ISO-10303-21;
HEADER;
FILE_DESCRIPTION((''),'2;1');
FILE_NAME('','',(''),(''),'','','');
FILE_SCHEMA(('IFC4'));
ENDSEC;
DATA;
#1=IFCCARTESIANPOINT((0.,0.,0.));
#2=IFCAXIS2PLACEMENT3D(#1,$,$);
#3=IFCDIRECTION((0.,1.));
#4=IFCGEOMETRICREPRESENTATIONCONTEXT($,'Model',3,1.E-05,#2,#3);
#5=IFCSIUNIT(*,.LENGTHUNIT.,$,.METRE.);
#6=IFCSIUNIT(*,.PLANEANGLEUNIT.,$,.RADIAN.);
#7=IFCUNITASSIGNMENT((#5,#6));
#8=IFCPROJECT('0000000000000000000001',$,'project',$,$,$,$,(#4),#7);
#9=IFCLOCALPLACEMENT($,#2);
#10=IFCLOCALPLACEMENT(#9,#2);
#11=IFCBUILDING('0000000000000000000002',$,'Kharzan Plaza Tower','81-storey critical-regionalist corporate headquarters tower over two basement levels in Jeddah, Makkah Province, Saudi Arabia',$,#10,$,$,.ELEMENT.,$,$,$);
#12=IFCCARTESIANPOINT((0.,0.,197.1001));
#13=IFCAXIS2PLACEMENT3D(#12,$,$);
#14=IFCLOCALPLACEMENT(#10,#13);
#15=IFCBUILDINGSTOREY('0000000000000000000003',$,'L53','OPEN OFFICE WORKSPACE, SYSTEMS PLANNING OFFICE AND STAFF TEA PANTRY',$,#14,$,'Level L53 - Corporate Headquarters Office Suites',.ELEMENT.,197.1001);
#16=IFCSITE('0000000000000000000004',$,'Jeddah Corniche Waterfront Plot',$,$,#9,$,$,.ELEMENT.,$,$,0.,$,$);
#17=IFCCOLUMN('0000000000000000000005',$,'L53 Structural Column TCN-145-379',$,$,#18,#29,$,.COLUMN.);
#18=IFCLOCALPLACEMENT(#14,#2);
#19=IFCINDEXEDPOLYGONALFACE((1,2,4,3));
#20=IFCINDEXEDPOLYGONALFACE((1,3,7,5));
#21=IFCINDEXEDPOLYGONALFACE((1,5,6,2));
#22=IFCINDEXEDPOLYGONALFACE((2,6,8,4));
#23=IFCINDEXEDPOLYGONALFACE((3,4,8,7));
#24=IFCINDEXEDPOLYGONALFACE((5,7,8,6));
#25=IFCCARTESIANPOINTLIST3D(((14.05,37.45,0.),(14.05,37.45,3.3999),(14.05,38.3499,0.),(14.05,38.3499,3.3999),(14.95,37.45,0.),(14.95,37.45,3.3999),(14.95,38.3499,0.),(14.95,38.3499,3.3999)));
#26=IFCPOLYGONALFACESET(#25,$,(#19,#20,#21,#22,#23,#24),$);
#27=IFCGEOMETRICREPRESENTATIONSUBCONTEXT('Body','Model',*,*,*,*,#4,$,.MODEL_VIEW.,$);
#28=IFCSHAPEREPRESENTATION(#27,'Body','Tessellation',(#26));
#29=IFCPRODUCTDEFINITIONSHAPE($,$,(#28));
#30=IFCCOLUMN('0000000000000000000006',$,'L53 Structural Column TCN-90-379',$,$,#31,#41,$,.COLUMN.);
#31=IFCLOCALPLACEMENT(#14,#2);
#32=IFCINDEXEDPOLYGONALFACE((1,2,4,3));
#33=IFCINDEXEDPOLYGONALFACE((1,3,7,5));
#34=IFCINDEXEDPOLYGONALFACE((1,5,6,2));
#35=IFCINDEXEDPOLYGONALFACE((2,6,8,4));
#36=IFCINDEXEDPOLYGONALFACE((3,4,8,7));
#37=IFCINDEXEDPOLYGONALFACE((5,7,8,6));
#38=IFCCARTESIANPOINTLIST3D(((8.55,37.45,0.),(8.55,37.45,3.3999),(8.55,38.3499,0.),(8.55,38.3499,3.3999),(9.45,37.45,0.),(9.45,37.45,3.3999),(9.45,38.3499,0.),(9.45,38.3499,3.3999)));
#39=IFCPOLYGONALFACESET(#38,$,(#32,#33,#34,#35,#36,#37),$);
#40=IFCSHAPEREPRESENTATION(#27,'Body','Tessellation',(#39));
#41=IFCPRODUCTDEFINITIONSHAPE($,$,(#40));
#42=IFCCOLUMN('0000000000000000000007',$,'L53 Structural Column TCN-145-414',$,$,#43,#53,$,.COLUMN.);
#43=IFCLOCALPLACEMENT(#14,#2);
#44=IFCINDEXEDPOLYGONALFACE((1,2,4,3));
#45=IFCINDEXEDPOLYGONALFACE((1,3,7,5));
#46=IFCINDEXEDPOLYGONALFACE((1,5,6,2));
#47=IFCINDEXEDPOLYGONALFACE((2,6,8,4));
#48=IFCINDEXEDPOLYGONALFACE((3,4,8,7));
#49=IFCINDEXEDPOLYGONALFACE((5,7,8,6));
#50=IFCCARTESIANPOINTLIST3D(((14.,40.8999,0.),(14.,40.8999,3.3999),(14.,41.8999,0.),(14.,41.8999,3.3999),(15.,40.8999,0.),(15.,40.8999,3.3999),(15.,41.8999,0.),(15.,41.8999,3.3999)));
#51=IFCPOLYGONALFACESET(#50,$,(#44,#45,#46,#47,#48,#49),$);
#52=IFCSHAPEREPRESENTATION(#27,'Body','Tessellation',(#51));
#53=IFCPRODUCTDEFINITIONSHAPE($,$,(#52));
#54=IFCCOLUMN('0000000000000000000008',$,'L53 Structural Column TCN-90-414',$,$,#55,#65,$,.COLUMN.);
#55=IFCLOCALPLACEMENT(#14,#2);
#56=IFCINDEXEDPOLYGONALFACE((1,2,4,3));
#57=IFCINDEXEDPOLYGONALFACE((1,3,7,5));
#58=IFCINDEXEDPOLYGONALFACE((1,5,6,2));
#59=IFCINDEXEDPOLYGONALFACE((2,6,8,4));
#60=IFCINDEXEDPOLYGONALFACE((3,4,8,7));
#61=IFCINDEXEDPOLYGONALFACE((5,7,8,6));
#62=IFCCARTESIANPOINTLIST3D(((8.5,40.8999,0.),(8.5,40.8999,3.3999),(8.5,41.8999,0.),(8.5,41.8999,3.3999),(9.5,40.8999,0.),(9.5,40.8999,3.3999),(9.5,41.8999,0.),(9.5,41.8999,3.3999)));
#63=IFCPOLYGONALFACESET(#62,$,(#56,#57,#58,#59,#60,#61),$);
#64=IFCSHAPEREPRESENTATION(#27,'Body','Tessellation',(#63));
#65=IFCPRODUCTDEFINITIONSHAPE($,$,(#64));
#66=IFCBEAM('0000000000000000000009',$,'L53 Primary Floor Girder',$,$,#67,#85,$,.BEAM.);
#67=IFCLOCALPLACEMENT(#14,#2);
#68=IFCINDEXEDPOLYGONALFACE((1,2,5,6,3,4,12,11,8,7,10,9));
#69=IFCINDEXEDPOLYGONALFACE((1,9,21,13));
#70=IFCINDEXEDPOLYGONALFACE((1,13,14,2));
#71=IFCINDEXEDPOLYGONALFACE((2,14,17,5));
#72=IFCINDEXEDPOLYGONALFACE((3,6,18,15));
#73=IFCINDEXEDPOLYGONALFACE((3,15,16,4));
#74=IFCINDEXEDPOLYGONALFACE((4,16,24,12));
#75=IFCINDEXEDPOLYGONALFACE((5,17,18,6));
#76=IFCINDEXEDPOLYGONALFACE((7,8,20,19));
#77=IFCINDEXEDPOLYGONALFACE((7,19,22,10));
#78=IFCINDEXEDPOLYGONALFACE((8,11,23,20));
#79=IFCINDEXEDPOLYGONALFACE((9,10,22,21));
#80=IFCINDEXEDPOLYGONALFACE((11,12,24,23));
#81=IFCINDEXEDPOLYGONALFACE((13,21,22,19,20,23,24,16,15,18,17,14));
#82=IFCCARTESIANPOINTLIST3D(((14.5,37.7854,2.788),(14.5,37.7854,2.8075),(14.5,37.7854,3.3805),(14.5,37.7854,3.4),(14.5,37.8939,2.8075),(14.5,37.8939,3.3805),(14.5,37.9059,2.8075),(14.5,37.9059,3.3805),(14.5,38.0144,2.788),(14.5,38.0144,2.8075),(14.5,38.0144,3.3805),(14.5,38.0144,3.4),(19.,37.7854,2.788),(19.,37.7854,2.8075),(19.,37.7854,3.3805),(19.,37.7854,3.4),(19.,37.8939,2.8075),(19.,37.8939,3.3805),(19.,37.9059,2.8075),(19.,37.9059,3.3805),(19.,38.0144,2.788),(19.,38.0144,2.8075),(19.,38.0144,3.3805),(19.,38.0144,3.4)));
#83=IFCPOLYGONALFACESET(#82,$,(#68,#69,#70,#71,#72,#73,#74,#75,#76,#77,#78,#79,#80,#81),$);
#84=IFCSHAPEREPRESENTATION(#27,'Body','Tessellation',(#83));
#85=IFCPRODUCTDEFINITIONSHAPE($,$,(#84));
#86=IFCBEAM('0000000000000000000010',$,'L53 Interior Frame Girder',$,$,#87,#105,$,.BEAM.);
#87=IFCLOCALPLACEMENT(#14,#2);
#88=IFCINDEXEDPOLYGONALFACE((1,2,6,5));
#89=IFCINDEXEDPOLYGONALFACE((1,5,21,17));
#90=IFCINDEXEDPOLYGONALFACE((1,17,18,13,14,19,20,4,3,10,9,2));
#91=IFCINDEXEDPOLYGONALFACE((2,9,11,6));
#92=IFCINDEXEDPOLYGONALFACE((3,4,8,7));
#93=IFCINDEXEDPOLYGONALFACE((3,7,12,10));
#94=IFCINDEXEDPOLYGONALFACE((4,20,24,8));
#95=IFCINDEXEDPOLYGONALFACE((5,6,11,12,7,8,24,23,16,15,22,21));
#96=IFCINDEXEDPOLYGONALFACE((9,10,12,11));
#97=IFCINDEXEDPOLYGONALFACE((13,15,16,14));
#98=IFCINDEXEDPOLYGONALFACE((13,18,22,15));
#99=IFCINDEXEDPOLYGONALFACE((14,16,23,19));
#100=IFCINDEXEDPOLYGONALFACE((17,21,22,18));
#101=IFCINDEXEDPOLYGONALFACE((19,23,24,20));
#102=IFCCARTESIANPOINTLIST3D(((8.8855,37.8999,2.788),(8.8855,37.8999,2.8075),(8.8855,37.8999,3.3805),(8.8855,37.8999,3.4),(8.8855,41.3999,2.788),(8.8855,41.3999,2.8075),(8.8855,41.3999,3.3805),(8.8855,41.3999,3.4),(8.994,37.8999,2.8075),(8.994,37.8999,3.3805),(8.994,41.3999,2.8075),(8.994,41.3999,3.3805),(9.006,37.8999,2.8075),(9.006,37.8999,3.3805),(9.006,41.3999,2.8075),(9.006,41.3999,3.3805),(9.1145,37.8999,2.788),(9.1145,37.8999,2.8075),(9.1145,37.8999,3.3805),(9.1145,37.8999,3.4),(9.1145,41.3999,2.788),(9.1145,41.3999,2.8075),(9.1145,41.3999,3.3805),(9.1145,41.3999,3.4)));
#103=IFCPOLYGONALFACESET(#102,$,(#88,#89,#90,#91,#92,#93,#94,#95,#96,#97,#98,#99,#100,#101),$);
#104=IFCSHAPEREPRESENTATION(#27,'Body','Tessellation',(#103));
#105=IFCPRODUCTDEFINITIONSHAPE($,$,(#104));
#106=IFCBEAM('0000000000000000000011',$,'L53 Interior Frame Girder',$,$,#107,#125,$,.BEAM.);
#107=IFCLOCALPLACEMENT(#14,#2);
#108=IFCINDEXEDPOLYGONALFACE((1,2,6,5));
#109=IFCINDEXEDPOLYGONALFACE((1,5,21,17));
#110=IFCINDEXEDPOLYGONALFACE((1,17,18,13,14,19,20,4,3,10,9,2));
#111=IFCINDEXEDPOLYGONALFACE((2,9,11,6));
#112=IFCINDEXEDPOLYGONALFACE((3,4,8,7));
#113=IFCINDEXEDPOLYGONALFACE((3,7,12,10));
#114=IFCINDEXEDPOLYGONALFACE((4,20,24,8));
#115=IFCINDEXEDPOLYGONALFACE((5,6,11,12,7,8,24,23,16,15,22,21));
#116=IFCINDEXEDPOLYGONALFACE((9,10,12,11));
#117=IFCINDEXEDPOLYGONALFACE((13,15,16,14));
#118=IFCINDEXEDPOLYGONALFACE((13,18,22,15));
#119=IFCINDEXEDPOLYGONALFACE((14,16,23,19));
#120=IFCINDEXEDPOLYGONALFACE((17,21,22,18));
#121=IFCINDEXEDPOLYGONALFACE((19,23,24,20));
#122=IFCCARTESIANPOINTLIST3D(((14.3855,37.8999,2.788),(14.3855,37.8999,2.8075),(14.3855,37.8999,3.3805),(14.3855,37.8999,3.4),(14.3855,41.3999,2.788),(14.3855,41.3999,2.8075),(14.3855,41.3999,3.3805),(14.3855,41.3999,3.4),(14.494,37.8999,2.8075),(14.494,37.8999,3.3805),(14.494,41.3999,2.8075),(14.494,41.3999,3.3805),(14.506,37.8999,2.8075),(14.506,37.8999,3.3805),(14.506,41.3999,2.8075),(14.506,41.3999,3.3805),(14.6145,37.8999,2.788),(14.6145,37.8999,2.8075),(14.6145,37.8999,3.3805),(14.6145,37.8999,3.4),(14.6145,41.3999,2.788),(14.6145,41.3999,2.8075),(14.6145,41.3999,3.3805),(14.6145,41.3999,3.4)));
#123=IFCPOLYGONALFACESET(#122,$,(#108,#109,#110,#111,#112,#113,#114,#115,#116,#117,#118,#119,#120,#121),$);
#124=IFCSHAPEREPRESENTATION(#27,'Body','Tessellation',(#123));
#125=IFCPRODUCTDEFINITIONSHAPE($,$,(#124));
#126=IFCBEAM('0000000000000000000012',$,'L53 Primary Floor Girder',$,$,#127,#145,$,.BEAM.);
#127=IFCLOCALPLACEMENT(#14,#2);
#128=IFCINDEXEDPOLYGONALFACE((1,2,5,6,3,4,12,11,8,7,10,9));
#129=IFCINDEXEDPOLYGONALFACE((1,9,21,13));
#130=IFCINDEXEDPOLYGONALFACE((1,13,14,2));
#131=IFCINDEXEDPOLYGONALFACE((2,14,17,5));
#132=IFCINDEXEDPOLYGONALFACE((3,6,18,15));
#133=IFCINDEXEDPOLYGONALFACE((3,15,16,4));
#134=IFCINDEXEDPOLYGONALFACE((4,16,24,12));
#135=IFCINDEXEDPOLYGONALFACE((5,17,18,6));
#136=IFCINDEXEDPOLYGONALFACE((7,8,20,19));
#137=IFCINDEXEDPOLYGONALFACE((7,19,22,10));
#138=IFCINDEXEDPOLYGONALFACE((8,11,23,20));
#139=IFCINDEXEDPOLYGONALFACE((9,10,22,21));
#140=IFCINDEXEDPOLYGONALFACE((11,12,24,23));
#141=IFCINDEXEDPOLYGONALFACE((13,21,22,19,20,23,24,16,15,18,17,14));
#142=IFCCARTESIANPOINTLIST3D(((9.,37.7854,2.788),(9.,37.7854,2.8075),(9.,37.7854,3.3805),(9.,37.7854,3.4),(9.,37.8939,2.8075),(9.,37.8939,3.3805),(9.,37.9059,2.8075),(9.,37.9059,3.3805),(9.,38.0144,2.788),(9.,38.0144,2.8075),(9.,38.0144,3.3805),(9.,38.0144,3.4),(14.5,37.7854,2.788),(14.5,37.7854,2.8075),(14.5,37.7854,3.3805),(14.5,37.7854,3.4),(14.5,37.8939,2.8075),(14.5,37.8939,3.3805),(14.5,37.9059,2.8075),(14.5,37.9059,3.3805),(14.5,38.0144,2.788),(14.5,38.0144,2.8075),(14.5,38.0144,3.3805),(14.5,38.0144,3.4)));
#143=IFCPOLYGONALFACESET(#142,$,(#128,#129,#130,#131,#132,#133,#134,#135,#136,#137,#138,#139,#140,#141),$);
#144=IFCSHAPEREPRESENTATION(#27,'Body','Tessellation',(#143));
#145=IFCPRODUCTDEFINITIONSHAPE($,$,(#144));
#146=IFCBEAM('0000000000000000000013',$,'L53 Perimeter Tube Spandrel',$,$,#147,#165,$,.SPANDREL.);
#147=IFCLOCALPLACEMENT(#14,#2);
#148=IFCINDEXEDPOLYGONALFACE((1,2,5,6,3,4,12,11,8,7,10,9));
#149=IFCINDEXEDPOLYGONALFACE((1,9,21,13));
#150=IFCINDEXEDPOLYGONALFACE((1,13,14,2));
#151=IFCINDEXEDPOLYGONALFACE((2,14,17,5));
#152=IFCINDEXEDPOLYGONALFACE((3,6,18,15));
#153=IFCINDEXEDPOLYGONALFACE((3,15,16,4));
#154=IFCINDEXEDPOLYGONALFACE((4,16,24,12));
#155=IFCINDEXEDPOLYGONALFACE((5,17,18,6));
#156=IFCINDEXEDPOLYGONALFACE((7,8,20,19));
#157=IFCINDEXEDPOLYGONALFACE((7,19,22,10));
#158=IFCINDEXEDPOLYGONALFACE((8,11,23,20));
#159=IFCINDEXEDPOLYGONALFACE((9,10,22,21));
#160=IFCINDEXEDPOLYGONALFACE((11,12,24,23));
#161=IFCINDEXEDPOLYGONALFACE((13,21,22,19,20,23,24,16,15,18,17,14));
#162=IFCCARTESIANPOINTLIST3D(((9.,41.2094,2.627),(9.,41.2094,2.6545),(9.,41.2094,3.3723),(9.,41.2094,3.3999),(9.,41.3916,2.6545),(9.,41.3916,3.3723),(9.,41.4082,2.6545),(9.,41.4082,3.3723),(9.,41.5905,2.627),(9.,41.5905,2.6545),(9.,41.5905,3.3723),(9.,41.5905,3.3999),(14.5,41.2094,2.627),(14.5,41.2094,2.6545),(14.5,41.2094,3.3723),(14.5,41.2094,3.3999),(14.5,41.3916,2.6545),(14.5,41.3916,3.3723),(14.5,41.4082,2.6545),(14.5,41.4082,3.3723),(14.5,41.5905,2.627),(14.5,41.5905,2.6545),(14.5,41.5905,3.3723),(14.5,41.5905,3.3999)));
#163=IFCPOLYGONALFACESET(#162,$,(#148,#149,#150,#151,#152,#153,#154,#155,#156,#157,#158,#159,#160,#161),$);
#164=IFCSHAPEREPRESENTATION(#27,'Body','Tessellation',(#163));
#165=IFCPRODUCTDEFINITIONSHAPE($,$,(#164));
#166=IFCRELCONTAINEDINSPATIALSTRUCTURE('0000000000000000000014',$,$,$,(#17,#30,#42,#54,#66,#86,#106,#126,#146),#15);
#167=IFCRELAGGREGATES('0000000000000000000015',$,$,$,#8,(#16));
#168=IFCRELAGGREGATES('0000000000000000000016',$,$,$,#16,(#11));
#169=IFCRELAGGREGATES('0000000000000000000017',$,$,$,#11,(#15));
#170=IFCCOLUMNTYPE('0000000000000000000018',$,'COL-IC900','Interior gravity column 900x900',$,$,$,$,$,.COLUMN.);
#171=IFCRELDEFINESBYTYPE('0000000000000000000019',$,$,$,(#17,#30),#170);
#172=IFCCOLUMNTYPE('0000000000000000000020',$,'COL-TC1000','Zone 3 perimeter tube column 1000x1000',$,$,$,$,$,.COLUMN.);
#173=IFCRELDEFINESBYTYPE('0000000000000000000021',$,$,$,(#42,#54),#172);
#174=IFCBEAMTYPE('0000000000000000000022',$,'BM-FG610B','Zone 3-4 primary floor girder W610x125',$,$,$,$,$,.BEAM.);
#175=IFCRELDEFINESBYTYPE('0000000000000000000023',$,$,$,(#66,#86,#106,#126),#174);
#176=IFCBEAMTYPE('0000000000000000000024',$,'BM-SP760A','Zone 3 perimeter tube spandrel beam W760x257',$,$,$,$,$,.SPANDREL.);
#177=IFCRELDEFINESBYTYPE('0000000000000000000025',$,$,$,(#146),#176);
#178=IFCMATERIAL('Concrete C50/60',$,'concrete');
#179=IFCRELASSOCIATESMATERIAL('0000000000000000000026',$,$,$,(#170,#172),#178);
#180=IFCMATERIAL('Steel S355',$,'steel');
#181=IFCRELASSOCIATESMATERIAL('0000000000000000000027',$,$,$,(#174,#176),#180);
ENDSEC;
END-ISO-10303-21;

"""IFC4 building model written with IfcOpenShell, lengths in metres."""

from ifc_helpers import new_model, si_unit, direction, frame, origin, origin_2d, place, context, subcontext, project, spatial, rectangle, i_section, extrude, source, transform, mapped, material, material_profile, profile_set, type_object, element, save


model = new_model("IFC4")

# Units and contexts
model_context = context("Model", 3, precision=1e-05, world=origin(), true_north=direction((0.0, 1.0)))
body_context = subcontext(model_context, "Body", "Model", "MODEL_VIEW")
ifc_project = project(units=[si_unit("LENGTHUNIT", "METRE"), si_unit("PLANEANGLEUNIT", "RADIAN")], contexts=[model_context])

# Site, building, storey
site_placement = place(None, origin())
site = spatial("IfcSite", under=ifc_project, at=site_placement, Name="Jeddah Corniche Waterfront Plot", CompositionType="ELEMENT", RefElevation=0.0)
building_placement = place(site_placement, origin())
building = spatial("IfcBuilding", under=site, at=building_placement, Name="Kharzan Plaza Tower", Description="81-storey critical-regionalist corporate headquarters tower over two basement levels in Jeddah, Makkah Province, Saudi Arabia", CompositionType="ELEMENT")
storey_placement = place(building_placement, frame((0.0, 0.0, 197.1001)))
storey = spatial("IfcBuildingStorey", under=building, at=storey_placement, Name="L53", Description="OPEN OFFICE WORKSPACE, SYSTEMS PLANNING OFFICE AND STAFF TEA PANTRY", LongName="Level L53 - Corporate Headquarters Office Suites", CompositionType="ELEMENT", Elevation=197.1001)

# Columns
ifc_material_1 = material(Name="Concrete C50/60", Category="concrete")
ifc_material_profile_1 = material_profile(ifc_material_1, rectangle(XDim=0.8999, YDim=0.8999, at=origin_2d()), Name="RC-IC900x900")
ifc_profile_set_1 = profile_set([ifc_material_profile_1], Name="Concrete C50/60")
column_type_1 = type_object("IfcColumnType", Name="COL-IC900", Description="Interior gravity column 900x900", PredefinedType="COLUMN", material=ifc_profile_set_1)
shared_shape_1 = source(origin(), body_context, "Body", "SweptSolid", [
    extrude(rectangle(XDim=0.8999, YDim=0.8999, at=origin_2d()), origin(), (0.0, 0.0, 1.0), 3.3999),
])
for number, where, z_axis, x_axis, name in (
    (1, (14.5, 37.8999, 0.0), (0.0, 0.0, 1.0), (1.0, 0.0, 0.0), "L53 Structural Column TCN-145-379"),
    (2, (9.0, 37.8999, 0.0), (0.0, 0.0, 1.0), (1.0, 0.0, 0.0), "L53 Structural Column TCN-90-379"),
):
    element("IfcColumn", number, at=place(storey_placement, frame(where, z_axis=z_axis, x_axis=x_axis)), inside=storey, type_object=column_type_1, Name=name, PredefinedType="COLUMN", context=body_context, shape_type="MappedRepresentation", body=[
        mapped(shared_shape_1, transform((0.0, 0.0, 0.0), x_axis=(1.0, 0.0, 0.0), y_axis=(0.0, 1.0, 0.0), z_axis=(0.0, 0.0, 1.0))),
    ])
ifc_material_profile_2 = material_profile(ifc_material_1, rectangle(XDim=1.0, YDim=1.0, at=origin_2d()), Name="RC-TC1000x1000")
ifc_profile_set_2 = profile_set([ifc_material_profile_2], Name="Concrete C50/60")
column_type_2 = type_object("IfcColumnType", Name="COL-TC1000", Description="Zone 3 perimeter tube column 1000x1000", PredefinedType="COLUMN", material=ifc_profile_set_2)
shared_shape_2 = source(origin(), body_context, "Body", "SweptSolid", [
    extrude(rectangle(XDim=1.0, YDim=1.0, at=origin_2d()), origin(), (0.0, 0.0, 1.0), 3.3999),
])
for number, where, z_axis, x_axis, name in (
    (3, (14.5, 41.3999, 0.0), (0.0, 0.0, 1.0), (1.0, 0.0, 0.0), "L53 Structural Column TCN-145-414"),
    (4, (9.0, 41.3999, 0.0), (0.0, 0.0, 1.0), (1.0, 0.0, 0.0), "L53 Structural Column TCN-90-414"),
):
    element("IfcColumn", number, at=place(storey_placement, frame(where, z_axis=z_axis, x_axis=x_axis)), inside=storey, type_object=column_type_2, Name=name, PredefinedType="COLUMN", context=body_context, shape_type="MappedRepresentation", body=[
        mapped(shared_shape_2, transform((0.0, 0.0, 0.0), x_axis=(1.0, 0.0, 0.0), y_axis=(0.0, 1.0, 0.0), z_axis=(0.0, 0.0, 1.0))),
    ])

# Beams
ifc_material_2 = material(Name="Steel S355", Category="steel")
ifc_material_profile_3 = material_profile(ifc_material_2, i_section(OverallWidth=0.229, OverallDepth=0.6121, WebThickness=0.012, FlangeThickness=0.0195, at=origin_2d()), Name="W610x125")
ifc_profile_set_3 = profile_set([ifc_material_profile_3], Name="Steel S355")
beam_type_1 = type_object("IfcBeamType", Name="BM-FG610B", Description="Zone 3-4 primary floor girder W610x125", PredefinedType="BEAM", material=ifc_profile_set_3)
shared_shape_3 = source(origin(), body_context, "Body", "SweptSolid", [
    extrude(i_section(OverallWidth=0.229, OverallDepth=0.6121, WebThickness=0.012, FlangeThickness=0.0195, at=origin_2d()), origin(), (0.0, 0.0, 1.0), 4.5),
])
beam_1_placement = place(storey_placement, frame((14.5, 37.8999, 3.094), z_axis=(1.0, 0.0, 0.0), x_axis=(0.0, 1.0, 0.0)))
element("IfcBeam", 5, at=beam_1_placement, inside=storey, type_object=beam_type_1, Name="L53 Primary Floor Girder", PredefinedType="BEAM", context=body_context, shape_type="MappedRepresentation", body=[
    mapped(shared_shape_3, transform((0.0, 0.0, 0.0), x_axis=(1.0, 0.0, 0.0), y_axis=(0.0, 1.0, 0.0), z_axis=(0.0, 0.0, 1.0))),
])
shared_shape_4 = source(origin(), body_context, "Body", "SweptSolid", [
    extrude(i_section(OverallWidth=0.229, OverallDepth=0.6121, WebThickness=0.012, FlangeThickness=0.0195, at=origin_2d()), origin(), (0.0, 0.0, 1.0), 3.5),
])
for number, where, z_axis, x_axis, name in (
    (6, (9.0, 37.8999, 3.094), (0.0, 1.0, 0.0), (-1.0, 0.0, 0.0), "L53 Interior Frame Girder"),
    (7, (14.5, 37.8999, 3.094), (0.0, 1.0, 0.0), (-1.0, 0.0, 0.0), "L53 Interior Frame Girder"),
):
    element("IfcBeam", number, at=place(storey_placement, frame(where, z_axis=z_axis, x_axis=x_axis)), inside=storey, type_object=beam_type_1, Name=name, PredefinedType="BEAM", context=body_context, shape_type="MappedRepresentation", body=[
        mapped(shared_shape_4, transform((0.0, 0.0, 0.0), x_axis=(1.0, 0.0, 0.0), y_axis=(0.0, 1.0, 0.0), z_axis=(0.0, 0.0, 1.0))),
    ])
shared_shape_5 = source(origin(), body_context, "Body", "SweptSolid", [
    extrude(i_section(OverallWidth=0.229, OverallDepth=0.6121, WebThickness=0.012, FlangeThickness=0.0195, at=origin_2d()), origin(), (0.0, 0.0, 1.0), 5.5),
])
beam_2_placement = place(storey_placement, frame((9.0, 37.8999, 3.094), z_axis=(1.0, 0.0, 0.0), x_axis=(0.0, 1.0, 0.0)))
element("IfcBeam", 8, at=beam_2_placement, inside=storey, type_object=beam_type_1, Name="L53 Primary Floor Girder", PredefinedType="BEAM", context=body_context, shape_type="MappedRepresentation", body=[
    mapped(shared_shape_5, transform((0.0, 0.0, 0.0), x_axis=(1.0, 0.0, 0.0), y_axis=(0.0, 1.0, 0.0), z_axis=(0.0, 0.0, 1.0))),
])
ifc_material_profile_4 = material_profile(ifc_material_2, i_section(OverallWidth=0.3811, OverallDepth=0.7729, WebThickness=0.0166, FlangeThickness=0.0276, at=origin_2d()), Name="W760x257")
ifc_profile_set_4 = profile_set([ifc_material_profile_4], Name="Steel S355")
beam_type_2 = type_object("IfcBeamType", Name="BM-SP760A", Description="Zone 3 perimeter tube spandrel beam W760x257", PredefinedType="SPANDREL", material=ifc_profile_set_4)
shared_shape_6 = source(origin(), body_context, "Body", "SweptSolid", [
    extrude(i_section(OverallWidth=0.3811, OverallDepth=0.7729, WebThickness=0.0166, FlangeThickness=0.0276, at=origin_2d()), origin(), (0.0, 0.0, 1.0), 5.5),
])
beam_3_placement = place(storey_placement, frame((9.0, 41.3999, 3.0134), z_axis=(1.0, 0.0, 0.0), x_axis=(0.0, 1.0, 0.0)))
element("IfcBeam", 9, at=beam_3_placement, inside=storey, type_object=beam_type_2, Name="L53 Perimeter Tube Spandrel", PredefinedType="SPANDREL", context=body_context, shape_type="MappedRepresentation", body=[
    mapped(shared_shape_6, transform((0.0, 0.0, 0.0), x_axis=(1.0, 0.0, 0.0), y_axis=(0.0, 1.0, 0.0), z_axis=(0.0, 0.0, 1.0))),
])

save(model, "model.ifc")
